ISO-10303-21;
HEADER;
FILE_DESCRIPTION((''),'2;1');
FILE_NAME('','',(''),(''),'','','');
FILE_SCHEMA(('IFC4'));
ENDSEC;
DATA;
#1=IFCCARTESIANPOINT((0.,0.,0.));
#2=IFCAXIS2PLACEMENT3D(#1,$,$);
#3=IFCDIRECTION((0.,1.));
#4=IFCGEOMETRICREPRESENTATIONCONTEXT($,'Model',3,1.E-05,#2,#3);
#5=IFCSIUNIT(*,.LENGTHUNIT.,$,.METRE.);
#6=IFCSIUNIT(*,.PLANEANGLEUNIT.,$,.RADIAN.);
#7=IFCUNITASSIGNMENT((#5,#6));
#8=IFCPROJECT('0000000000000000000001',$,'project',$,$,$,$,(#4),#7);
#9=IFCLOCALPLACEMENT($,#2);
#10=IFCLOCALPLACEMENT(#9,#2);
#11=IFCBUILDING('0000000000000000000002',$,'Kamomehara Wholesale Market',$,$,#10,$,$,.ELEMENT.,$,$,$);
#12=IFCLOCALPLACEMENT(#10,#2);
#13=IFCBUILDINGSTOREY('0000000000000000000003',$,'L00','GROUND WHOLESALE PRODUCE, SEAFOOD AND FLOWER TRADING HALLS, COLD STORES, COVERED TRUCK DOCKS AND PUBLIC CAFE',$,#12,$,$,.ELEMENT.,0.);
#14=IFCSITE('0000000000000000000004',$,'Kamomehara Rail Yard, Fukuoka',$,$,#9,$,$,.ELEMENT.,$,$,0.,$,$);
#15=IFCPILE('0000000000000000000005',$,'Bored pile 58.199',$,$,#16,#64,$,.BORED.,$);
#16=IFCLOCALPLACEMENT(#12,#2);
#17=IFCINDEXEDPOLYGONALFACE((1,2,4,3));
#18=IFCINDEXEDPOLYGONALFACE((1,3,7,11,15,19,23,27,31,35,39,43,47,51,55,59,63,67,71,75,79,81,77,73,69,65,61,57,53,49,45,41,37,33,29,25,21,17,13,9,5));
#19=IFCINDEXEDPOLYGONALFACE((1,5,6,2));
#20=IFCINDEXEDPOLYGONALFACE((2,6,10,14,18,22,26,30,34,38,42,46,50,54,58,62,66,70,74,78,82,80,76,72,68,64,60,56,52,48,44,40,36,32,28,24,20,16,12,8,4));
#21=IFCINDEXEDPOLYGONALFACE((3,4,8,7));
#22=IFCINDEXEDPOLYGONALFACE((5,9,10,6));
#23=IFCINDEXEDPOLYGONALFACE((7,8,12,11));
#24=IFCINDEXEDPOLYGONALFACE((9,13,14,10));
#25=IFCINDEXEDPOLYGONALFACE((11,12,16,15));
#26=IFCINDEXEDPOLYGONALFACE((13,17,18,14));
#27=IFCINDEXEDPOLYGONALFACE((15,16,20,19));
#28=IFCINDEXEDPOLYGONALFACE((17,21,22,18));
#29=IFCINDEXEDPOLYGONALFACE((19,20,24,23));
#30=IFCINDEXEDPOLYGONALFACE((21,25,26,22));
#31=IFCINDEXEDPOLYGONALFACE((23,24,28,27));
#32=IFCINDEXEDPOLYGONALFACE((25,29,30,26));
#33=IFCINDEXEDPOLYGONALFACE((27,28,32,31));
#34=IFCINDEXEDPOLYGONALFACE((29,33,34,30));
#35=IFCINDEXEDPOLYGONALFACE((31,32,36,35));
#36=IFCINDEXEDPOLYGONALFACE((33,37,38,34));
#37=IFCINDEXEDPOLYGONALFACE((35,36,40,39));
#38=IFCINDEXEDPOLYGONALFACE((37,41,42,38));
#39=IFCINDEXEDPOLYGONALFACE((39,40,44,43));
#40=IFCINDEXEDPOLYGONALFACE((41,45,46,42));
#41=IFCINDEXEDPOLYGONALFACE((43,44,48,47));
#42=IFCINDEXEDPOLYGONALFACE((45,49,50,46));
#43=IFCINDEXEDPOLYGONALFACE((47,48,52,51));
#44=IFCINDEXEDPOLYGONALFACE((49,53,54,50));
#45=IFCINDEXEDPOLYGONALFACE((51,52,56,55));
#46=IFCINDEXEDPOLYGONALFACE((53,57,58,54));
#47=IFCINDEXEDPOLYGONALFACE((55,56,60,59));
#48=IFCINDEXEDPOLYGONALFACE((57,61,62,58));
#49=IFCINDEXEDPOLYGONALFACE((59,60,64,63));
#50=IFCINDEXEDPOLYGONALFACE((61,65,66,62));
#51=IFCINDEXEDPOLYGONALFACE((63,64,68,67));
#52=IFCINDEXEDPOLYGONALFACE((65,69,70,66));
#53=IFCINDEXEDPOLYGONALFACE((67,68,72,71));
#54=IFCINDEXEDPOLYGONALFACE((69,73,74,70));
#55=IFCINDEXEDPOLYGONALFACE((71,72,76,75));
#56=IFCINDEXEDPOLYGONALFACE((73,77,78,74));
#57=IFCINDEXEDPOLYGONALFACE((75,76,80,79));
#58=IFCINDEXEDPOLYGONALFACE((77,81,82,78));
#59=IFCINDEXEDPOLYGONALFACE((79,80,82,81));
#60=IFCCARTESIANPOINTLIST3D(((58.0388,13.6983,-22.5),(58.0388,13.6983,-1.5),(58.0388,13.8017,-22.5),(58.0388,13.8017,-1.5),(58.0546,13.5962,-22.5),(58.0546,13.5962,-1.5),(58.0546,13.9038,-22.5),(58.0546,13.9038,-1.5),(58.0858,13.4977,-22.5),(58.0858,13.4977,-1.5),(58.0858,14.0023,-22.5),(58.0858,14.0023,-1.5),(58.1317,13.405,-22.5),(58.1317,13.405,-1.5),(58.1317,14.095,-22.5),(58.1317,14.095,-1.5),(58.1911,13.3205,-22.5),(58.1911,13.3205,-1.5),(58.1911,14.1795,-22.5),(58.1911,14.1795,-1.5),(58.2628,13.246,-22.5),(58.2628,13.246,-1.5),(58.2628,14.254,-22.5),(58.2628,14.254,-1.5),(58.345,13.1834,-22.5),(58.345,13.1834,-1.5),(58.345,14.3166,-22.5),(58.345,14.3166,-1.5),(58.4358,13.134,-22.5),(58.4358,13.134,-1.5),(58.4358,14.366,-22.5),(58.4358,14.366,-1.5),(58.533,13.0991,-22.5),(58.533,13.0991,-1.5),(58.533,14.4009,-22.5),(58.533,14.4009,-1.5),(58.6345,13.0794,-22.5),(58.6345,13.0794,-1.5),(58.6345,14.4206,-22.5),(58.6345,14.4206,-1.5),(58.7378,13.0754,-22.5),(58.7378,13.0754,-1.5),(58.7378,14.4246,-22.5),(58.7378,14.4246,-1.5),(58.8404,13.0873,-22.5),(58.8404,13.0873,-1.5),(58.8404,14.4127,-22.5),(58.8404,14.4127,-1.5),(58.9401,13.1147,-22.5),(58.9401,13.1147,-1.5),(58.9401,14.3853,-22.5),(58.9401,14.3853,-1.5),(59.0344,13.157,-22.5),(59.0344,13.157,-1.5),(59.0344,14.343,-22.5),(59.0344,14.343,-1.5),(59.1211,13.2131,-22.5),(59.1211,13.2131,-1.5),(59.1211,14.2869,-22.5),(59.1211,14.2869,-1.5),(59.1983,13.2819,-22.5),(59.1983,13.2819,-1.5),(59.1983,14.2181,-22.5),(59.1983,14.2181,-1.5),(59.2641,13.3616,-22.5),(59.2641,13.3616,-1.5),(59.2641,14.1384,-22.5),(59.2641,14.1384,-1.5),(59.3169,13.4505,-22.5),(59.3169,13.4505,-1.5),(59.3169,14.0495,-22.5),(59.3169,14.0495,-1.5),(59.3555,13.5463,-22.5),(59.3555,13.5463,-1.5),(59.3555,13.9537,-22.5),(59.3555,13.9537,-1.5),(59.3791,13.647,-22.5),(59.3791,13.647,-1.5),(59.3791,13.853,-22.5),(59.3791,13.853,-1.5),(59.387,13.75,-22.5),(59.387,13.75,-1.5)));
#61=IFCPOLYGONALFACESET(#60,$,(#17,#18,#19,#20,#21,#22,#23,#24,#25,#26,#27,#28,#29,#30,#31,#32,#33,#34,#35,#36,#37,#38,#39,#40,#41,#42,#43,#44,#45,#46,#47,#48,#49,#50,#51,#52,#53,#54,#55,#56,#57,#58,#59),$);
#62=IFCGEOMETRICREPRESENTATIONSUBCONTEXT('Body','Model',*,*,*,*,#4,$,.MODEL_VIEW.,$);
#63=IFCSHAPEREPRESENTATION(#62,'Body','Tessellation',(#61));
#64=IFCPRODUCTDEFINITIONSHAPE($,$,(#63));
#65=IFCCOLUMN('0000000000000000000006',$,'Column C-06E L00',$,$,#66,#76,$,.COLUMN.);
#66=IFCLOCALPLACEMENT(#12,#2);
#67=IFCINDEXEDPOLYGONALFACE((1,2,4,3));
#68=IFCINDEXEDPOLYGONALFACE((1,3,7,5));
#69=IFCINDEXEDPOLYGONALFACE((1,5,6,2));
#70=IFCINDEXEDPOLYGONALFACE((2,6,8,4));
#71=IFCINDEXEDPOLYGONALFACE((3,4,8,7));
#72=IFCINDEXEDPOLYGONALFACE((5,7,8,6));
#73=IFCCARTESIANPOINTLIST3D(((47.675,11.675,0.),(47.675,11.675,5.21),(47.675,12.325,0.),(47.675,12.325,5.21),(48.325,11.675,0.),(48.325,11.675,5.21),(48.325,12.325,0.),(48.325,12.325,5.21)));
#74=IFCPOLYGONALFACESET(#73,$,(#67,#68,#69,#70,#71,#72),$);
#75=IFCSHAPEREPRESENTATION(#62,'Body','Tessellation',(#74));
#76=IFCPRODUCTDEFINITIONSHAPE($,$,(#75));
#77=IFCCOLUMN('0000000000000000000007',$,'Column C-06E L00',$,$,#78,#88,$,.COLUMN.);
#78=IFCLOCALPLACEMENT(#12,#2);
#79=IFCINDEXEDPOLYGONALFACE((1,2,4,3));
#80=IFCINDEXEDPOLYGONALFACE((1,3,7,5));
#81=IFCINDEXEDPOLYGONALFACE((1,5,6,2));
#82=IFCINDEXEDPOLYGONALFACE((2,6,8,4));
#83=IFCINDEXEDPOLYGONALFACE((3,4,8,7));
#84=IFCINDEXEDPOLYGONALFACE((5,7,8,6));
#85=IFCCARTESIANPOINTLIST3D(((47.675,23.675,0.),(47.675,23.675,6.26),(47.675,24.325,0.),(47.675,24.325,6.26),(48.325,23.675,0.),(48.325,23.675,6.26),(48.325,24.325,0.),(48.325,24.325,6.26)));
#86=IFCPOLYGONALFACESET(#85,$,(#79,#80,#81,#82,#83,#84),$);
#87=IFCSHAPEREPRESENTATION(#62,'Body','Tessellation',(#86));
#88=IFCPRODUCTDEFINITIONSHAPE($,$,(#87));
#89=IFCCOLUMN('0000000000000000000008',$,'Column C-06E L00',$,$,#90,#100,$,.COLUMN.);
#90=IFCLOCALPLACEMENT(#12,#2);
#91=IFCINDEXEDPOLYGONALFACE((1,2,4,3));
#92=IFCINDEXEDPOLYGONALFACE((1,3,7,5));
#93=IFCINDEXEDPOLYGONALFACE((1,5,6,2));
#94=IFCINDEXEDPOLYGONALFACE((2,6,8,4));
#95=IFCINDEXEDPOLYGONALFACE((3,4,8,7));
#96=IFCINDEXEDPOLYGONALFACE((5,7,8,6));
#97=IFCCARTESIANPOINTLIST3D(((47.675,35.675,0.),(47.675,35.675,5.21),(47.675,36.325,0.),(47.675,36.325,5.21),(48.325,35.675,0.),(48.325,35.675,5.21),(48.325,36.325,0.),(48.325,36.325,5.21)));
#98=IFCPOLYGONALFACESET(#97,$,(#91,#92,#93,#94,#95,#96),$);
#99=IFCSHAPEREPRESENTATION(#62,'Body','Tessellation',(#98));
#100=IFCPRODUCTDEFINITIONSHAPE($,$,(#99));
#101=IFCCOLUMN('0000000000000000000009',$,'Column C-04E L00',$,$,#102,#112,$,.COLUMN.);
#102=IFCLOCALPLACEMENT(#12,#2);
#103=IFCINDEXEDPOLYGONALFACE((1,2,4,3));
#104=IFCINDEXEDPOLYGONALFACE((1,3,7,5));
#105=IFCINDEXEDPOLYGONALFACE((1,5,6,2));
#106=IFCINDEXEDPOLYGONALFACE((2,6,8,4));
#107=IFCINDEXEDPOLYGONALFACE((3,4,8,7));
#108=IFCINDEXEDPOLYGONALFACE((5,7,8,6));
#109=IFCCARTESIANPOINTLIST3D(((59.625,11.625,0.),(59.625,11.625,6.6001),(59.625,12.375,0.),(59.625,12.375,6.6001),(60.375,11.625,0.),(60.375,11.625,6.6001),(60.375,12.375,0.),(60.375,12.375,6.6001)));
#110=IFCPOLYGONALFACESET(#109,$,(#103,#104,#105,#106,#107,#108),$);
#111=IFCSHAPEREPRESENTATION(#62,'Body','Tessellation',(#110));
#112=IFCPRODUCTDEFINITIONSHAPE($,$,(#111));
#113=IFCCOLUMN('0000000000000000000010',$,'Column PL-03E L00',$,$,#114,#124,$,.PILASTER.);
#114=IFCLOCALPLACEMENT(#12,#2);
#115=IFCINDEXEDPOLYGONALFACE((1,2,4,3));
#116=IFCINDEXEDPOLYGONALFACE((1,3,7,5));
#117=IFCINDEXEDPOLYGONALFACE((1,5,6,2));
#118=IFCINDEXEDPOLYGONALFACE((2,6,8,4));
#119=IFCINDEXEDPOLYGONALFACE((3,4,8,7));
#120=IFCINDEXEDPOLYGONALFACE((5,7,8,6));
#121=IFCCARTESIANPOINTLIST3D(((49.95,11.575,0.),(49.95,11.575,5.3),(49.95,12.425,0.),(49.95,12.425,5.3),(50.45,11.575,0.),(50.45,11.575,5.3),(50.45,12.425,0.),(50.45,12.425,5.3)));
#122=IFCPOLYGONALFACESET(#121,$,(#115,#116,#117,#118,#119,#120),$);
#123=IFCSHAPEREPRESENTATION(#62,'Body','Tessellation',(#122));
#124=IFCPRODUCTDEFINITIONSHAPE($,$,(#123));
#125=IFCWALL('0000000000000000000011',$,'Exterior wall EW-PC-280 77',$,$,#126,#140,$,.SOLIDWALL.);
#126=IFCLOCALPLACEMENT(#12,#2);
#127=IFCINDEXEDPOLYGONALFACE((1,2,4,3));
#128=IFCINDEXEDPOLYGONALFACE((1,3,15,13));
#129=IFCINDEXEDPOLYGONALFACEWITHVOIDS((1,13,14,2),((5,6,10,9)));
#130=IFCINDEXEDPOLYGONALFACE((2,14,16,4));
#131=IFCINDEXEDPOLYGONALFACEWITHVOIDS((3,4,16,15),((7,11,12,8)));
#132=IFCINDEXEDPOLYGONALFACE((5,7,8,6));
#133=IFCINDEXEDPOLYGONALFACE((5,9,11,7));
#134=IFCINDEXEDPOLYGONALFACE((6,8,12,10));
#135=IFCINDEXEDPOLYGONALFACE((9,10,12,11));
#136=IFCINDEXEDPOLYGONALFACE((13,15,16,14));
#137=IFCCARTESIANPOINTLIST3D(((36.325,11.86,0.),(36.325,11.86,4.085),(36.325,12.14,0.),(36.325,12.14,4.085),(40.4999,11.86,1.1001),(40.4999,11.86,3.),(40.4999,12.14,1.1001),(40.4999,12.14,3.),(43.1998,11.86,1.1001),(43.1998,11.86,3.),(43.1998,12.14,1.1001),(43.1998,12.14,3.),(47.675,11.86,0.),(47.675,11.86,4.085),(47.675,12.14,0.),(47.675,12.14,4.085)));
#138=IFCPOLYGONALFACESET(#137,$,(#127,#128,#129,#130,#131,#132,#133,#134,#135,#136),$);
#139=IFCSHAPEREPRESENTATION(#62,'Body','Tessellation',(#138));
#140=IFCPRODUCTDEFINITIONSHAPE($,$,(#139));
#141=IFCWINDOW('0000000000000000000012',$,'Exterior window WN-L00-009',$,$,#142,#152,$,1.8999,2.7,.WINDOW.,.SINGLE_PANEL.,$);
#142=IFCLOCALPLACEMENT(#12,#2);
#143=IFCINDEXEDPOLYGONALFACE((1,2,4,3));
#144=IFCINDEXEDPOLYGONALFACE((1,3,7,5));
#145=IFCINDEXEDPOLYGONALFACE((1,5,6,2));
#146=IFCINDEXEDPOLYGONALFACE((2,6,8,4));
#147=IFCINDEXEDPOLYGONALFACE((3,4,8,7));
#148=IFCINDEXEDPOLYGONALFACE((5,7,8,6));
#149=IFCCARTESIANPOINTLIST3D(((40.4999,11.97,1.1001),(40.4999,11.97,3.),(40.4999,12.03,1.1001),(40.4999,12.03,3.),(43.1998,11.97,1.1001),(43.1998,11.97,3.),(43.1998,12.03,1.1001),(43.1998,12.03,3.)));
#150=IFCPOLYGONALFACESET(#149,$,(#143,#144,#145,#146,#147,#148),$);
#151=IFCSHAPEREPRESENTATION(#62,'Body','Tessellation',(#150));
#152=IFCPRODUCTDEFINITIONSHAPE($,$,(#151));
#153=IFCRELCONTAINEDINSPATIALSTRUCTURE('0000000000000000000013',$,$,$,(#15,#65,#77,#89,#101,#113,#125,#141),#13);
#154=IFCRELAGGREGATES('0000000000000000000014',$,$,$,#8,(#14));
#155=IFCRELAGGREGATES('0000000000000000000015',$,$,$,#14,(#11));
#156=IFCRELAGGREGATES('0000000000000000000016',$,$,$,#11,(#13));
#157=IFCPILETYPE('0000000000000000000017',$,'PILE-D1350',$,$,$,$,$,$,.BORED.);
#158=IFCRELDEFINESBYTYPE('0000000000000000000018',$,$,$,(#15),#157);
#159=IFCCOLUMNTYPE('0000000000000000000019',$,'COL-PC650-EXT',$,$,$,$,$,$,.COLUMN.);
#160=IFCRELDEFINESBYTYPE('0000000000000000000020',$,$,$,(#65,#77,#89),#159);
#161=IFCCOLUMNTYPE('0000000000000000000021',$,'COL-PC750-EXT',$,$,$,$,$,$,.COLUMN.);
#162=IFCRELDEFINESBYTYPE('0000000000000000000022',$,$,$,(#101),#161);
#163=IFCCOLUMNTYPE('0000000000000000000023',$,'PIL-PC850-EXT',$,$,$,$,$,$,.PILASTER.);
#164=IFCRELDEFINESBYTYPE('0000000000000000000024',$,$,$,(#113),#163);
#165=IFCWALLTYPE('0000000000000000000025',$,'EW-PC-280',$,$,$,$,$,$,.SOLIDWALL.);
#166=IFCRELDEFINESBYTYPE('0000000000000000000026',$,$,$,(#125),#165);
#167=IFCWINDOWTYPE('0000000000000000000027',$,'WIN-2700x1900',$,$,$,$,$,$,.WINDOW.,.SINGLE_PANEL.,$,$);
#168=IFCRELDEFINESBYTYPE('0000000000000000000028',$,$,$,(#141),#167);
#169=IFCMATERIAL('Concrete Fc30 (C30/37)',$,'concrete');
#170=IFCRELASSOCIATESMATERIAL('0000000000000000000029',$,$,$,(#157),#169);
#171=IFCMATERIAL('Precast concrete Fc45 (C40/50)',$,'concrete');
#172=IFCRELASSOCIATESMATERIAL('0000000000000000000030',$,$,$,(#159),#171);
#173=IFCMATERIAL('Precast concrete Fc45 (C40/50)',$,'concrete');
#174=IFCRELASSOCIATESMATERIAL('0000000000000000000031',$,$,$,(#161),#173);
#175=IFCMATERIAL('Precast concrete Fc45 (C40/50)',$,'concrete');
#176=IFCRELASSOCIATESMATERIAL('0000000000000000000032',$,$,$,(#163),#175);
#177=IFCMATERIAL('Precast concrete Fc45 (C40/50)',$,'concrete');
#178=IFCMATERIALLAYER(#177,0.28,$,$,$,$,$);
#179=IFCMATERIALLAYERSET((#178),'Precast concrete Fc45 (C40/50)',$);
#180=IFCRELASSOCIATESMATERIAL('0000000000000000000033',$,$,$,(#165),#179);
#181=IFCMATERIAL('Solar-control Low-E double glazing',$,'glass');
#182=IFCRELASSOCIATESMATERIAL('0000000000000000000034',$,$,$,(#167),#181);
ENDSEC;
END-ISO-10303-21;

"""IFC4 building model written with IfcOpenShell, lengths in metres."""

from ifc_helpers import new_model, si_unit, direction, frame, frame_2d, origin, origin_2d, place, context, subcontext, project, spatial, rectangle, circle, extrude, material, layer, layer_set, material_profile, profile_set, type_object, element, fill, save


model = new_model("IFC4")

# Units and contexts
model_context = context("Model", 3, precision=1e-05, world=origin(), true_north=direction((0.0, 1.0)))
body_context = subcontext(model_context, "Body", "Model", "MODEL_VIEW")
ifc_project = project(units=[si_unit("LENGTHUNIT", "METRE"), si_unit("PLANEANGLEUNIT", "RADIAN")], contexts=[model_context])

# Site, building, storey
site_placement = place(None, origin())
site = spatial("IfcSite", under=ifc_project, at=site_placement, Name="Kamomehara Rail Yard, Fukuoka", CompositionType="ELEMENT", RefElevation=0.0)
building_placement = place(site_placement, origin())
building = spatial("IfcBuilding", under=site, at=building_placement, Name="Kamomehara Wholesale Market", CompositionType="ELEMENT")
storey_placement = place(building_placement, origin())
storey = spatial("IfcBuildingStorey", under=building, at=storey_placement, Name="L00", Description="GROUND WHOLESALE PRODUCE, SEAFOOD AND FLOWER TRADING HALLS, COLD STORES, COVERED TRUCK DOCKS AND PUBLIC CAFE", CompositionType="ELEMENT", Elevation=0.0)

# Pile
ifc_material_1 = material(Name="Concrete Fc30 (C30/37)", Category="concrete")
ifc_material_profile_1 = material_profile(ifc_material_1, circle(Radius=0.675, at=origin_2d()), Name="RC-PILE-D1350")
ifc_profile_set_1 = profile_set([ifc_material_profile_1], Name="Concrete Fc30 (C30/37)")
pile_type_1 = type_object("IfcPileType", Name="PILE-D1350", PredefinedType="BORED", material=ifc_profile_set_1)
for number, where, z_axis, x_axis, name in (
    (1, (58.7119, 13.75, -1.5), (0.0, 0.0, -1.0), (1.0, 0.0, 0.0), "Bored pile 58.199"),
):
    element("IfcPile", number, at=place(storey_placement, frame(where, z_axis=z_axis, x_axis=x_axis)), inside=storey, type_object=pile_type_1, Name=name, PredefinedType="BORED", context=body_context, shape_type="SweptSolid", body=[
        extrude(circle(Radius=0.675, at=origin_2d()), origin(), (0.0, 0.0, 1.0), 21.0),
    ])

# Columns
ifc_material_2 = material(Name="Precast concrete Fc45 (C40/50)", Category="concrete")
ifc_material_profile_2 = material_profile(ifc_material_2, rectangle(XDim=0.6499, YDim=0.6499, at=origin_2d()), Name="PC-COL-650x650")
ifc_profile_set_2 = profile_set([ifc_material_profile_2], Name="Precast concrete Fc45 (C40/50)")
column_type_1 = type_object("IfcColumnType", Name="COL-PC650-EXT", PredefinedType="COLUMN", material=ifc_profile_set_2)
column_1_placement = place(storey_placement, frame((48.0, 12.0, 0.0), z_axis=(0.0, 0.0, 1.0), x_axis=(1.0, 0.0, 0.0)))
element("IfcColumn", 2, at=column_1_placement, inside=storey, type_object=column_type_1, Name="Column C-06E L00", PredefinedType="COLUMN", context=body_context, shape_type="SweptSolid", body=[
    extrude(rectangle(XDim=0.6499, YDim=0.6499, at=origin_2d()), origin(), (0.0, 0.0, 1.0), 5.21),
])
column_2_placement = place(storey_placement, frame((48.0, 24.0, 0.0), z_axis=(0.0, 0.0, 1.0), x_axis=(1.0, 0.0, 0.0)))
element("IfcColumn", 3, at=column_2_placement, inside=storey, type_object=column_type_1, Name="Column C-06E L00", PredefinedType="COLUMN", context=body_context, shape_type="SweptSolid", body=[
    extrude(rectangle(XDim=0.6499, YDim=0.6499, at=origin_2d()), origin(), (0.0, 0.0, 1.0), 6.26),
])
column_3_placement = place(storey_placement, frame((48.0, 36.0, 0.0), z_axis=(0.0, 0.0, 1.0), x_axis=(1.0, 0.0, 0.0)))
element("IfcColumn", 4, at=column_3_placement, inside=storey, type_object=column_type_1, Name="Column C-06E L00", PredefinedType="COLUMN", context=body_context, shape_type="SweptSolid", body=[
    extrude(rectangle(XDim=0.6499, YDim=0.6499, at=origin_2d()), origin(), (0.0, 0.0, 1.0), 5.21),
])
ifc_material_3 = material(Name="Precast concrete Fc45 (C40/50)", Category="concrete")
ifc_material_profile_3 = material_profile(ifc_material_3, rectangle(XDim=0.75, YDim=0.75, at=origin_2d()), Name="PC-COL-750x750")
ifc_profile_set_3 = profile_set([ifc_material_profile_3], Name="Precast concrete Fc45 (C40/50)")
column_type_2 = type_object("IfcColumnType", Name="COL-PC750-EXT", PredefinedType="COLUMN", material=ifc_profile_set_3)
column_4_placement = place(storey_placement, frame((60.0, 12.0, 0.0), z_axis=(0.0, 0.0, 1.0), x_axis=(1.0, 0.0, 0.0)))
element("IfcColumn", 5, at=column_4_placement, inside=storey, type_object=column_type_2, Name="Column C-04E L00", PredefinedType="COLUMN", context=body_context, shape_type="SweptSolid", body=[
    extrude(rectangle(XDim=0.75, YDim=0.75, at=origin_2d()), origin(), (0.0, 0.0, 1.0), 6.6001),
])
ifc_material_4 = material(Name="Precast concrete Fc45 (C40/50)", Category="concrete")
ifc_material_profile_4 = material_profile(ifc_material_4, rectangle(XDim=0.5, YDim=0.8501, at=origin_2d()), Name="PC-PIL-500x850")
ifc_profile_set_4 = profile_set([ifc_material_profile_4], Name="Precast concrete Fc45 (C40/50)")
column_type_3 = type_object("IfcColumnType", Name="PIL-PC850-EXT", PredefinedType="PILASTER", material=ifc_profile_set_4)
column_5_placement = place(storey_placement, frame((50.2, 12.0, 0.0), z_axis=(0.0, 0.0, 1.0), x_axis=(1.0, 0.0, 0.0)))
element("IfcColumn", 6, at=column_5_placement, inside=storey, type_object=column_type_3, Name="Column PL-03E L00", PredefinedType="PILASTER", context=body_context, shape_type="SweptSolid", body=[
    extrude(rectangle(XDim=0.5, YDim=0.8501, at=origin_2d()), origin(), (0.0, 0.0, 1.0), 5.3),
])

# Wall, opening, window
ifc_material_5 = material(Name="Precast concrete Fc45 (C40/50)", Category="concrete")
ifc_layer = layer(ifc_material_5, 0.28)
ifc_layer_set = layer_set([ifc_layer], Name="Precast concrete Fc45 (C40/50)")
wall_type = type_object("IfcWallType", Name="EW-PC-280", PredefinedType="SOLIDWALL", material=ifc_layer_set)
wall_1_placement = place(storey_placement, frame((47.675, 12.0, 0.0), z_axis=(0.0, 0.0, 1.0), x_axis=(-1.0, 0.0, 0.0)))
wall_1 = element("IfcWall", 7, at=wall_1_placement, inside=storey, type_object=wall_type, Name="Exterior wall EW-PC-280 77", PredefinedType="SOLIDWALL", context=body_context, shape_type="SweptSolid", body=[
    extrude(rectangle(XDim=11.3501, YDim=0.28, at=frame_2d((5.675, 0.0))), origin(), (0.0, 0.0, 1.0), 4.085),
])
opening_1_placement = place(wall_1_placement, frame((4.4751, 0.0, 1.1001)))
opening_1 = element("IfcOpeningElement", 8, at=opening_1_placement, cuts=wall_1, PredefinedType="OPENING", context=body_context, shape_type="SweptSolid", body=[
    extrude(rectangle(XDim=2.7, YDim=1.8999, at=frame_2d((1.3501, 0.95))), frame((0.0, 0.1548, 0.0), z_axis=(0.0, -1.0, 0.0), x_axis=(1.0, 0.0, 0.0)), (0.0, 0.0, 1.0), 0.3098),
])
ifc_material_6 = material(Name="Solar-control Low-E double glazing", Category="glass")
window_type = type_object("IfcWindowType", Name="WIN-2700x1900", PartitioningType="SINGLE_PANEL", PredefinedType="WINDOW", material=ifc_material_6)
window_placement = place(opening_1_placement, origin())
window = element("IfcWindow", 9, at=window_placement, inside=storey, type_object=window_type, Name="Exterior window WN-L00-009", OverallHeight=1.8999, OverallWidth=2.7, PartitioningType="SINGLE_PANEL", PredefinedType="WINDOW", context=body_context, shape_type="SweptSolid", body=[
    extrude(rectangle(XDim=2.7, YDim=1.8999, at=frame_2d((1.3501, 0.95))), frame((0.0, 0.03, 0.0), z_axis=(0.0, -1.0, 0.0), x_axis=(1.0, 0.0, 0.0)), (0.0, 0.0, 1.0), 0.0601),
])
fill(opening_1, window)

save(model, "model.ifc")
